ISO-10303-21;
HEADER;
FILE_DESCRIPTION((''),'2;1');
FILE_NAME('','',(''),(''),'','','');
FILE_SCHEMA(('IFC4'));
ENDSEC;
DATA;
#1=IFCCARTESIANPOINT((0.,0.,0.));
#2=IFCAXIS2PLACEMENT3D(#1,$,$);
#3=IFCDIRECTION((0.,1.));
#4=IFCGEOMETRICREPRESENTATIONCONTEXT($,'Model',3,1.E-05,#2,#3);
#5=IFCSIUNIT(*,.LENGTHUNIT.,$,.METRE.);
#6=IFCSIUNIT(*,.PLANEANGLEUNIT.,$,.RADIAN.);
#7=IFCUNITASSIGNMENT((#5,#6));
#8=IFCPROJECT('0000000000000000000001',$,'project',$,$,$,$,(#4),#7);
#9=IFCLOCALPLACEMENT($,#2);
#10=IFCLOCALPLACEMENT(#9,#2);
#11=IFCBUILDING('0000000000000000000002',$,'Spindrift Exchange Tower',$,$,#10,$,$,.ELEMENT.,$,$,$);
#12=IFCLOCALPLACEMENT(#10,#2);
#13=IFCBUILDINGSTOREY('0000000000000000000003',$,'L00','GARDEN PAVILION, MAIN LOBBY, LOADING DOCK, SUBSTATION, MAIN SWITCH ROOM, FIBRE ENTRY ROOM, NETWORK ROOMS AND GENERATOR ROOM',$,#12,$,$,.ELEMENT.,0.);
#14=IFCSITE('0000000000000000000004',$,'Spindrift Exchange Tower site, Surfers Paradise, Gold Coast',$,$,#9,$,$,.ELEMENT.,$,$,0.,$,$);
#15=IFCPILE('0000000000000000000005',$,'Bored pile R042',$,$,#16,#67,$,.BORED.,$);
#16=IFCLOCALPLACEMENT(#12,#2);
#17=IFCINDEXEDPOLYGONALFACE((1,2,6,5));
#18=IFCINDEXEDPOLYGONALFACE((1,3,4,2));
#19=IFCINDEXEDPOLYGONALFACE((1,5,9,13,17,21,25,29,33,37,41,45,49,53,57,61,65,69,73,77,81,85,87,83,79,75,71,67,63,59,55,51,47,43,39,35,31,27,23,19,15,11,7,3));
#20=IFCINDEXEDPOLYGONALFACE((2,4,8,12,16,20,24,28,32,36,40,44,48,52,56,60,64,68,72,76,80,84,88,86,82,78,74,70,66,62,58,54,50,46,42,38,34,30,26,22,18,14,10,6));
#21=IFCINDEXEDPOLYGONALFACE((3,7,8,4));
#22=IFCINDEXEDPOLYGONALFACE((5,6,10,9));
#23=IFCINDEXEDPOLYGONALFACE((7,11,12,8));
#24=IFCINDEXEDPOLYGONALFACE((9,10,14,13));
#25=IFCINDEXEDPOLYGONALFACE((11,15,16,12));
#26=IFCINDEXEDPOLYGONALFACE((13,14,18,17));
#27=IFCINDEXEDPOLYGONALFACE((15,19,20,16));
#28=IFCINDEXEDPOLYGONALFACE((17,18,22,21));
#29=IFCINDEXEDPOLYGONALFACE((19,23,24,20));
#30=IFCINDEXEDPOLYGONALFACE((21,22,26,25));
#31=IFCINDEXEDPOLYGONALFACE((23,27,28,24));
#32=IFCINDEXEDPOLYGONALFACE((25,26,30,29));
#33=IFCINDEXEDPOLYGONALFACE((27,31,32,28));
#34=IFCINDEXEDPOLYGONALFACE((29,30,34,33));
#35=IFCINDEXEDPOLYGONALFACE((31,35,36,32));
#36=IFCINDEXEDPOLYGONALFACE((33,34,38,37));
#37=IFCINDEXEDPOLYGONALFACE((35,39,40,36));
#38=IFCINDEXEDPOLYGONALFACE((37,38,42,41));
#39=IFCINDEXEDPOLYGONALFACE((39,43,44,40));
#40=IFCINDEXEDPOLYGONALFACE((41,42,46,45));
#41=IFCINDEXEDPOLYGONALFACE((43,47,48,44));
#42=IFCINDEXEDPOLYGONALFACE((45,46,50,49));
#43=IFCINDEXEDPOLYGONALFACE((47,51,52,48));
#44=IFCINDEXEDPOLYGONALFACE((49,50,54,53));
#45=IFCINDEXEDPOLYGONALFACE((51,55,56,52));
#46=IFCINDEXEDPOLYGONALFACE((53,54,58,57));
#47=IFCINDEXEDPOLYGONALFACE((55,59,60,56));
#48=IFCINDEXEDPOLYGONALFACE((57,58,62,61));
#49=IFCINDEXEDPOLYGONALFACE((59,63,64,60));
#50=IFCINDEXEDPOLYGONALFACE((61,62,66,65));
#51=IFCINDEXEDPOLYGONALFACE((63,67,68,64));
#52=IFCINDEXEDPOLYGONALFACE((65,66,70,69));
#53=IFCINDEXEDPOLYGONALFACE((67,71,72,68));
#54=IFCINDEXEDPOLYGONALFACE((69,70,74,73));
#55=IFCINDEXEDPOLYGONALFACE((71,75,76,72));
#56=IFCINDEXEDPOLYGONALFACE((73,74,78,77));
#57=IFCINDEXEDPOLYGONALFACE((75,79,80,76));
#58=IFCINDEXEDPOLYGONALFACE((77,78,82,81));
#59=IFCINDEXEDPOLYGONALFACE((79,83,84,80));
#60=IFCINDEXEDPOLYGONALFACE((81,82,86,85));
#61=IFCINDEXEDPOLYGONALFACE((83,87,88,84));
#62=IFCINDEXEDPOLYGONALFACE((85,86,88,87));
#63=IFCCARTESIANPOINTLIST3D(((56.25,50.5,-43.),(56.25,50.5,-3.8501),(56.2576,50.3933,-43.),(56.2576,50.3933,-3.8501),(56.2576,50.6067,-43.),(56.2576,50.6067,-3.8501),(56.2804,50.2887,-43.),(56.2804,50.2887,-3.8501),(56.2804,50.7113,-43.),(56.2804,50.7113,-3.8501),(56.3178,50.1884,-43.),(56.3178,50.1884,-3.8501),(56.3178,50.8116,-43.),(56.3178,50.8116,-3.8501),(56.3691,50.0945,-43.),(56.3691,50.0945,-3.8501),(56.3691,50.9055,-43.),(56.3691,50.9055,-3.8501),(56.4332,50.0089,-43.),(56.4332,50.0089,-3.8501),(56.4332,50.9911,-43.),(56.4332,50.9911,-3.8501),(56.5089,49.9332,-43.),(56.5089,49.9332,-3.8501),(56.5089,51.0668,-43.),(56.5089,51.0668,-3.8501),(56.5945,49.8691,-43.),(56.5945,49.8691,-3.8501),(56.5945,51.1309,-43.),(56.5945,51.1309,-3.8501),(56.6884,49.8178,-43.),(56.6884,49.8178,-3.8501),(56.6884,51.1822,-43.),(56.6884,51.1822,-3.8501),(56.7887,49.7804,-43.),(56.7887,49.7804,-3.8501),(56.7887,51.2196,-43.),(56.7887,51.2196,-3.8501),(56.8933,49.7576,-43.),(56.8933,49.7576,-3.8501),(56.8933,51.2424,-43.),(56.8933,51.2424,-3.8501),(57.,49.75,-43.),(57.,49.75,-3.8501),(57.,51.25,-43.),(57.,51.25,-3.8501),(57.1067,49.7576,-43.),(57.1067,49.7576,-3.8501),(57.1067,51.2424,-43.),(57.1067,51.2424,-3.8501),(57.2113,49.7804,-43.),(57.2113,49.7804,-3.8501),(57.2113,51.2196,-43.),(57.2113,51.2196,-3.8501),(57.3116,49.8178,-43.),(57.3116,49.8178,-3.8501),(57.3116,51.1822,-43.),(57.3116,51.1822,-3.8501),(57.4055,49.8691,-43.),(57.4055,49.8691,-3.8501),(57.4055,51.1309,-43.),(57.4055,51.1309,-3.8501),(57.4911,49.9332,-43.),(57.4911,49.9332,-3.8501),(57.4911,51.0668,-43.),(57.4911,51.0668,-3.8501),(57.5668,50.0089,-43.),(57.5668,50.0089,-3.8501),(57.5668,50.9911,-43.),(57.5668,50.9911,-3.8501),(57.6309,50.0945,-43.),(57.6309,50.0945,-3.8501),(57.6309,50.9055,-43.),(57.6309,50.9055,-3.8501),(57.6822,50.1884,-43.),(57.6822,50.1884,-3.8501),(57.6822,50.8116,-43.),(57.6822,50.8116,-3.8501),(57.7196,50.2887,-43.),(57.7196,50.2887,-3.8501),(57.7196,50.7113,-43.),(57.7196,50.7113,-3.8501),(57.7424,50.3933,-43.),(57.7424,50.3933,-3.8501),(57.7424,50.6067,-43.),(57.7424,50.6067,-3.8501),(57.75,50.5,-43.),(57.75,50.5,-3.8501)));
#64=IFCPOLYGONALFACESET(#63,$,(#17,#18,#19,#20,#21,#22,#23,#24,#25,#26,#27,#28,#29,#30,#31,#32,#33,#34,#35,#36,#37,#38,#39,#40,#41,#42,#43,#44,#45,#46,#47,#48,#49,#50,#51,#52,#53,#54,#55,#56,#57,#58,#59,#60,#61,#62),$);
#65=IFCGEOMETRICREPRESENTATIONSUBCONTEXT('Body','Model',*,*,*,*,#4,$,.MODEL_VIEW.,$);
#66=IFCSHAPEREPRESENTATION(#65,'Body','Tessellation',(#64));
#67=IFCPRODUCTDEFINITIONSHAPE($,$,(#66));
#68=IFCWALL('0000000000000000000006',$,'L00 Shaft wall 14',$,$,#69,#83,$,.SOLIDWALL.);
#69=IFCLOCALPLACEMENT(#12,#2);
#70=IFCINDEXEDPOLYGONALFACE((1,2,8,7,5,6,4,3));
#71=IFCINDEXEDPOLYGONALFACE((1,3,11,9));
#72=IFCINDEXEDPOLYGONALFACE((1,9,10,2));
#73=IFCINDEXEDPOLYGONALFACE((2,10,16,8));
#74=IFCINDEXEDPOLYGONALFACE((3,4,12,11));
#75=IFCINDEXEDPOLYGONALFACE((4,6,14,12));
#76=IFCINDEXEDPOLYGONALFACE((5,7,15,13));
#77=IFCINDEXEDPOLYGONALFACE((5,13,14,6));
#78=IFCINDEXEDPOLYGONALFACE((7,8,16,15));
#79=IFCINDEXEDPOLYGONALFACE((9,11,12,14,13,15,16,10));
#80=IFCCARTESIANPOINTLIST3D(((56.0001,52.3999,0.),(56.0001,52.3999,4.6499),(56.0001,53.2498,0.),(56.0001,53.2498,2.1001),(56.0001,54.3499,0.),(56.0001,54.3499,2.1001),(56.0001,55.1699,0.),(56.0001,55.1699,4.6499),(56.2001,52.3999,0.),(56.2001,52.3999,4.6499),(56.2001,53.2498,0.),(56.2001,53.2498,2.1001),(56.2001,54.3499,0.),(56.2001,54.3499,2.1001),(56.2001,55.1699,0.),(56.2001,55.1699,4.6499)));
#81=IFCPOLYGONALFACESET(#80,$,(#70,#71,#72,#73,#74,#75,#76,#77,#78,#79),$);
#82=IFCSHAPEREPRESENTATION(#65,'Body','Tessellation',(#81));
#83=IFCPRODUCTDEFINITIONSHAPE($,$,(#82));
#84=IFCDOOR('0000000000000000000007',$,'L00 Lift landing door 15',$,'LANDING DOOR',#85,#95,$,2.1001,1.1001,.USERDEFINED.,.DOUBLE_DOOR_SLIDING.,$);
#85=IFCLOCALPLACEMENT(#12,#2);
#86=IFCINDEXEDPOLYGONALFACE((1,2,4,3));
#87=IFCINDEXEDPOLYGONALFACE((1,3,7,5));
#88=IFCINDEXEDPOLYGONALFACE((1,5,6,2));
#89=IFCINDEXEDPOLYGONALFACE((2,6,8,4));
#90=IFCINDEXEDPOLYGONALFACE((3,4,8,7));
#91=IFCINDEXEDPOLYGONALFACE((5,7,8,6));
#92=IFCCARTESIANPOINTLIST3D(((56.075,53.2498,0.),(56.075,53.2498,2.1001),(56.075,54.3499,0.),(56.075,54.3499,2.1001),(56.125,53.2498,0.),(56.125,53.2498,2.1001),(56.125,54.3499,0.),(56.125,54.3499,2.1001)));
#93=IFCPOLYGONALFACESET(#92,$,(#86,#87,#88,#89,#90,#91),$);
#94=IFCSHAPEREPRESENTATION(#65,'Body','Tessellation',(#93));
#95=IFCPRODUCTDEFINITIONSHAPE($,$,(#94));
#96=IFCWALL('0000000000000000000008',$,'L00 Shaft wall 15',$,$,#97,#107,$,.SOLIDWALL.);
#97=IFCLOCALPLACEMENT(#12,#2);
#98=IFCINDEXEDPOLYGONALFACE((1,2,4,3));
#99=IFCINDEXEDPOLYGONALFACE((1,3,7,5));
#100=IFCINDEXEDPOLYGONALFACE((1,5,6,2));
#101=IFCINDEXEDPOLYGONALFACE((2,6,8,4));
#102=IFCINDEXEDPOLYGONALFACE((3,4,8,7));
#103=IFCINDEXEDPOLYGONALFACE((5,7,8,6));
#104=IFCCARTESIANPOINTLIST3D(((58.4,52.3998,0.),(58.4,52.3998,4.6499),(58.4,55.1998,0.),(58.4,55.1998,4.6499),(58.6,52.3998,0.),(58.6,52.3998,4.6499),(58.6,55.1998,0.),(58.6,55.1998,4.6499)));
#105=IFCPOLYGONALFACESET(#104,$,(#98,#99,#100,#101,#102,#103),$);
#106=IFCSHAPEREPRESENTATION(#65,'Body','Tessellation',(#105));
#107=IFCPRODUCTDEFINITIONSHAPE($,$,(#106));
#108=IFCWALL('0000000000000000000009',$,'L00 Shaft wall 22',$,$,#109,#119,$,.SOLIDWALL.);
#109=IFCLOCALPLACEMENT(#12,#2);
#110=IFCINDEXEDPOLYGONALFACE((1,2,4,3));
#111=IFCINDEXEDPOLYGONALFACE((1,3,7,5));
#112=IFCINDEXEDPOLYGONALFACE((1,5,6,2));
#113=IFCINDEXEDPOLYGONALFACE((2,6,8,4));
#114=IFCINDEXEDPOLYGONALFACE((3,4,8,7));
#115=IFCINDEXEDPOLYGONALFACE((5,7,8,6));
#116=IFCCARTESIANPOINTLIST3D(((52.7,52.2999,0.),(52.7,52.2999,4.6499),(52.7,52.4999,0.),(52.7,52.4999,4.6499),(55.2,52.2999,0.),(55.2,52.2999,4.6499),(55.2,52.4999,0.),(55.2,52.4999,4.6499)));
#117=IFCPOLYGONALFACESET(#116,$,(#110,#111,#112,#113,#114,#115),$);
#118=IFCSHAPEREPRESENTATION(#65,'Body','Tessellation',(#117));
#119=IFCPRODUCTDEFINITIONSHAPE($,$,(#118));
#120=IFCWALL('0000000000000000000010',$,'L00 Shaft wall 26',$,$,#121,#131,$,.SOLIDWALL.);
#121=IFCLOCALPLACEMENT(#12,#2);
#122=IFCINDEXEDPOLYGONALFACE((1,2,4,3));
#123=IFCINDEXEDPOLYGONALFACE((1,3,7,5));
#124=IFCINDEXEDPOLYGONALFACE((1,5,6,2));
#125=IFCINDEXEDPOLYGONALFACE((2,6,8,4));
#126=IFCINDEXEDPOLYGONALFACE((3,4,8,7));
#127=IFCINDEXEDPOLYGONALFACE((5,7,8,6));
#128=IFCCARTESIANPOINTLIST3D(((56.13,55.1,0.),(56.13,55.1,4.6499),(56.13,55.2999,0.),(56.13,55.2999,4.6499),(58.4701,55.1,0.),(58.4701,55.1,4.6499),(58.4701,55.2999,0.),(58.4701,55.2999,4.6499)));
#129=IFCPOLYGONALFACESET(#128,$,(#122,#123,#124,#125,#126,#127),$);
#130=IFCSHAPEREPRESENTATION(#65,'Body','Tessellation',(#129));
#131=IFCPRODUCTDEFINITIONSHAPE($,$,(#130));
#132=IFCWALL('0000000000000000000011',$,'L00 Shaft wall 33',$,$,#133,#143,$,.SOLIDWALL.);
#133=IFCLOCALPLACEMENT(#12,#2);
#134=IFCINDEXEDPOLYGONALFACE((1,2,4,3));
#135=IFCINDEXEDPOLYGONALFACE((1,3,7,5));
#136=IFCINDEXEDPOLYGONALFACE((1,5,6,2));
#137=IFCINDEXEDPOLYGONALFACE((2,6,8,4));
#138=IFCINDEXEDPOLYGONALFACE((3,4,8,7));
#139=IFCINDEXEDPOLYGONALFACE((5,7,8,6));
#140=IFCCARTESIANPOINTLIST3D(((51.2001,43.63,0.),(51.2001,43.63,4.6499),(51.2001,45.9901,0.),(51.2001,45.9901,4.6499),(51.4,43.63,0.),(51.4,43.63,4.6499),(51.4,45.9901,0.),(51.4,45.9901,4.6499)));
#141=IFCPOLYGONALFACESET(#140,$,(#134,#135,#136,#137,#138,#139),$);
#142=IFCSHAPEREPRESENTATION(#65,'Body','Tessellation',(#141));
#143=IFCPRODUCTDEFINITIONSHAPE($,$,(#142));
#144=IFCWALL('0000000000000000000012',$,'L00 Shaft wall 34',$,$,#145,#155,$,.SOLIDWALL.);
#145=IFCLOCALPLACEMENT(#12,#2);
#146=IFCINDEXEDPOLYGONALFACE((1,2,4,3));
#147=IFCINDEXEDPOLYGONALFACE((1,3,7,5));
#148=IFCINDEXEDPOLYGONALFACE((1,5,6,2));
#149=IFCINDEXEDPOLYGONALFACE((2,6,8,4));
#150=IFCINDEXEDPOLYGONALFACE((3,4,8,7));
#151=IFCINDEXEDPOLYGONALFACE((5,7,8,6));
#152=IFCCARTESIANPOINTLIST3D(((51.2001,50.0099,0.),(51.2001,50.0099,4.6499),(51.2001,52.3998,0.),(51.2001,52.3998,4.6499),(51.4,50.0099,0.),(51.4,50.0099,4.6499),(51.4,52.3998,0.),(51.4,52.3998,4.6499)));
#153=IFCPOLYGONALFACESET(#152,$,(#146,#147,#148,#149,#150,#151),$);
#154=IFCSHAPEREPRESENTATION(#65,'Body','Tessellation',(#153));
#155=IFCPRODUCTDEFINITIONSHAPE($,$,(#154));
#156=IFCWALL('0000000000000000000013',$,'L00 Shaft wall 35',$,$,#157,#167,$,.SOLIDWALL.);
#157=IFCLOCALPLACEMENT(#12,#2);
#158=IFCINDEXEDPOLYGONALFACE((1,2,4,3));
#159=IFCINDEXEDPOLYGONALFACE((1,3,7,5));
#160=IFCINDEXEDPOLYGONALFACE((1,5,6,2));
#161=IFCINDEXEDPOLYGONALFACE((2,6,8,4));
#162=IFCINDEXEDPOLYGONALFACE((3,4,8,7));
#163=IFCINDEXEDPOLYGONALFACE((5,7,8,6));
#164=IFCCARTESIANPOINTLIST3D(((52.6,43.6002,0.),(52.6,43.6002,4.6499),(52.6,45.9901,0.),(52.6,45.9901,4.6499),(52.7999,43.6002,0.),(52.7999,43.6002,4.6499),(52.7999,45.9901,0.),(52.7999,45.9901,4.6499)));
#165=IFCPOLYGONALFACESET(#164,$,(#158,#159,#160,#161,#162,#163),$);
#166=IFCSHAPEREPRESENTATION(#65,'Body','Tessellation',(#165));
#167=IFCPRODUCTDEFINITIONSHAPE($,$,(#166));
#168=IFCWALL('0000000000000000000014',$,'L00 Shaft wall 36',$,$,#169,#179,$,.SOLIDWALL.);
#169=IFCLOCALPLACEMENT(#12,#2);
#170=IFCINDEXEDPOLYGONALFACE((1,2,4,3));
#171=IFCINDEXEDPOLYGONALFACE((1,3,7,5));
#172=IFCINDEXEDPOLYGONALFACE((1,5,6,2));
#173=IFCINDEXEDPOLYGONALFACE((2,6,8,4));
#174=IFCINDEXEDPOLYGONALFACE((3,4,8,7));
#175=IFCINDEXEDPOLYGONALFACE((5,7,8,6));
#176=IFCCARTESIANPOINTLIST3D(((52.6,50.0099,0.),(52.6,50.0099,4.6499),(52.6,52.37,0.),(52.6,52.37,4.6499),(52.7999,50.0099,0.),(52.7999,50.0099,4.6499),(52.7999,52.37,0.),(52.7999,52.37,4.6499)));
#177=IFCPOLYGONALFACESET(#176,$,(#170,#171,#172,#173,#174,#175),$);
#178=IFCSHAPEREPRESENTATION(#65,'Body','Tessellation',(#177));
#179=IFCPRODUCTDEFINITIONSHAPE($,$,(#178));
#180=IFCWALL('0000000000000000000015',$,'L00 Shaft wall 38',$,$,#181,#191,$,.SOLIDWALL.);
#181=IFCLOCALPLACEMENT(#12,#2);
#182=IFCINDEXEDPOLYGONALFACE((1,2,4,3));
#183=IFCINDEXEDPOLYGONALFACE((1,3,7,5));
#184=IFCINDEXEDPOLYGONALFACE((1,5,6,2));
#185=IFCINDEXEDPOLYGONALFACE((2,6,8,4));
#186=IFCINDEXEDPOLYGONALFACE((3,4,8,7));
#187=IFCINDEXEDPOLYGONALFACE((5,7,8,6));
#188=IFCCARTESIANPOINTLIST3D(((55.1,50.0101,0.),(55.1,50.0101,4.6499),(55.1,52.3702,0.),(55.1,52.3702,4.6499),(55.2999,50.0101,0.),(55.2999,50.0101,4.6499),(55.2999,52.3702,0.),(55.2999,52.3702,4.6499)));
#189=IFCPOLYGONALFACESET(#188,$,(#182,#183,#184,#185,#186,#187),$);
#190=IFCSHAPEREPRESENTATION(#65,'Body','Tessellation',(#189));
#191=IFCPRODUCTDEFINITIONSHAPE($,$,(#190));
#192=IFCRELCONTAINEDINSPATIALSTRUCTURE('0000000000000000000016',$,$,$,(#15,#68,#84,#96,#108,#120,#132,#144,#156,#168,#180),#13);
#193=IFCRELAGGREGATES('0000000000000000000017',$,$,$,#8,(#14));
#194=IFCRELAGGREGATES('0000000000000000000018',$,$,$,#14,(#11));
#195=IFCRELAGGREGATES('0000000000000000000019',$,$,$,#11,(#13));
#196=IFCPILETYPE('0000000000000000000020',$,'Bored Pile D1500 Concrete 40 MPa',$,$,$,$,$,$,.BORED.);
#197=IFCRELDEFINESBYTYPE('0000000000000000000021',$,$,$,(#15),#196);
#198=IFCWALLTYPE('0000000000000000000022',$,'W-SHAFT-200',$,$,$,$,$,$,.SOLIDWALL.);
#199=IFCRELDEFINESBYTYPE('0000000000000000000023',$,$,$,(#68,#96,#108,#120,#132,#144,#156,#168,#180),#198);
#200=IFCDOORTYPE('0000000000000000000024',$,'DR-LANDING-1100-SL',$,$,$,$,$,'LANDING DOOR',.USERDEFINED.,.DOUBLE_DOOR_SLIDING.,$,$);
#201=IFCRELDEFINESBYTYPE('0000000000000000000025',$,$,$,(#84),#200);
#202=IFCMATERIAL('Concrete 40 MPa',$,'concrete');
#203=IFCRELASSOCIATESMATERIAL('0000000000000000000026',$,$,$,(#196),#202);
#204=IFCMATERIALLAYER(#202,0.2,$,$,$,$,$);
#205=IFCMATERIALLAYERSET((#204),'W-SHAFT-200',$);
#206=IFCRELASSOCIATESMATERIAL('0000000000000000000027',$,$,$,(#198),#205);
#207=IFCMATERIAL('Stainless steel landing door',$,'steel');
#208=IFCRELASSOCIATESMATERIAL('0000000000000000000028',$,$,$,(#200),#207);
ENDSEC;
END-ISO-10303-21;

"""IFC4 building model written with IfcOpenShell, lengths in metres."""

from ifc_helpers import new_model, si_unit, direction, frame, frame_2d, origin, origin_2d, place, context, subcontext, project, spatial, rectangle, circle, extrude, source, transform, mapped, material, layer, layer_set, material_profile, profile_set, type_object, element, fill, save


model = new_model("IFC4")

# Units and contexts
model_context = context("Model", 3, precision=1e-05, world=origin(), true_north=direction((0.0, 1.0)))
body_context = subcontext(model_context, "Body", "Model", "MODEL_VIEW")
ifc_project = project(units=[si_unit("LENGTHUNIT", "METRE"), si_unit("PLANEANGLEUNIT", "RADIAN")], contexts=[model_context])

# Site, building, storey
site_placement = place(None, origin())
site = spatial("IfcSite", under=ifc_project, at=site_placement, Name="Spindrift Exchange Tower site, Surfers Paradise, Gold Coast", CompositionType="ELEMENT", RefElevation=0.0)
building_placement = place(site_placement, origin())
building = spatial("IfcBuilding", under=site, at=building_placement, Name="Spindrift Exchange Tower", CompositionType="ELEMENT")
storey_placement = place(building_placement, origin())
storey = spatial("IfcBuildingStorey", under=building, at=storey_placement, Name="L00", Description="GARDEN PAVILION, MAIN LOBBY, LOADING DOCK, SUBSTATION, MAIN SWITCH ROOM, FIBRE ENTRY ROOM, NETWORK ROOMS AND GENERATOR ROOM", CompositionType="ELEMENT", Elevation=0.0)

# Pile
ifc_material_1 = material(Name="Concrete 40 MPa", Category="concrete")
ifc_material_profile = material_profile(ifc_material_1, circle(Radius=0.75, at=origin_2d()), Name="BP D1500")
ifc_profile_set = profile_set([ifc_material_profile], Name="Concrete 40 MPa")
pile_type = type_object("IfcPileType", Name="Bored Pile D1500 Concrete 40 MPa", PredefinedType="BORED", material=ifc_profile_set)
shared_shape_1 = source(origin(), body_context, "Body", "SweptSolid", [
    extrude(circle(Radius=0.75, at=origin_2d()), origin(), (0.0, 0.0, 1.0), 39.1499),
])
for number, where, z_axis, x_axis, name in (
    (1, (57.0, 50.5, -3.8501), (0.0, 0.0, -1.0), (1.0, 0.0, 0.0), "Bored pile R042"),
):
    element("IfcPile", number, at=place(storey_placement, frame(where, z_axis=z_axis, x_axis=x_axis)), inside=storey, type_object=pile_type, Name=name, PredefinedType="BORED", context=body_context, shape_type="MappedRepresentation", body=[
        mapped(shared_shape_1, transform((0.0, 0.0, 0.0), scale=1.0)),
    ])

# Wall, opening, door
ifc_layer_1 = layer(ifc_material_1, 0.2)
ifc_layer_set_1 = layer_set([ifc_layer_1], Name="W-SHAFT-200")
wall_type_1 = type_object("IfcWallType", Name="W-SHAFT-200", PredefinedType="SOLIDWALL", material=ifc_layer_set_1)
wall_1_placement = place(storey_placement, frame((56.1001, 55.1699, 0.0), z_axis=(0.0, 0.0, 1.0), x_axis=(0.0, -1.0, 0.0)))
wall_1 = element("IfcWall", 2, at=wall_1_placement, inside=storey, type_object=wall_type_1, Name="L00 Shaft wall 14", PredefinedType="SOLIDWALL", context=body_context, shape_type="SweptSolid", body=[
    extrude(rectangle(XDim=2.77, YDim=0.2, at=frame_2d((1.385, 0.0))), origin(), (0.0, 0.0, 1.0), 4.6499),
])
opening_1_placement = place(wall_1_placement, frame((0.8201, 0.0, 0.0)))
opening_1 = element("IfcOpeningElement", 3, at=opening_1_placement, cuts=wall_1, PredefinedType="OPENING", context=body_context, shape_type="SweptSolid", body=[
    extrude(rectangle(XDim=1.1001, YDim=2.1001, at=frame_2d((0.55, 1.05))), frame((0.0, 0.1099, 0.0), z_axis=(0.0, -1.0, 0.0), x_axis=(1.0, 0.0, 0.0)), (0.0, 0.0, 1.0), 0.22),
])
ifc_material_2 = material(Name="Stainless steel landing door", Category="steel")
door_type_1 = type_object("IfcDoorType", Name="DR-LANDING-1100-SL", ElementType="LANDING DOOR", OperationType="DOUBLE_DOOR_SLIDING", PredefinedType="USERDEFINED", material=ifc_material_2)
shared_shape_2 = source(origin(), body_context, "Body", "SweptSolid", [
    extrude(rectangle(XDim=1.1001, YDim=2.1001, at=frame_2d((0.55, 1.05))), frame((0.0, 0.0249, 0.0), z_axis=(0.0, -1.0, 0.0), x_axis=(1.0, 0.0, 0.0)), (0.0, 0.0, 1.0), 0.05),
])
door_1_placement = place(opening_1_placement, origin())
door_1 = element("IfcDoor", 4, at=door_1_placement, inside=storey, type_object=door_type_1, Name="L00 Lift landing door 15", ObjectType="LANDING DOOR", OperationType="DOUBLE_DOOR_SLIDING", OverallHeight=2.1001, OverallWidth=1.1001, PredefinedType="USERDEFINED", context=body_context, shape_type="MappedRepresentation", body=[
    mapped(shared_shape_2, transform((0.0, 0.0, 0.0), scale=1.0)),
])
fill(opening_1, door_1)

# Walls
wall_2_placement = place(storey_placement, frame((58.5, 52.3999, 0.0), z_axis=(0.0, 0.0, 1.0), x_axis=(0.0, 1.0, 0.0)))
element("IfcWall", 5, at=wall_2_placement, inside=storey, type_object=wall_type_1, Name="L00 Shaft wall 15", PredefinedType="SOLIDWALL", context=body_context, shape_type="SweptSolid", body=[
    extrude(rectangle(XDim=2.8, YDim=0.2, at=frame_2d((1.3999, 0.0))), origin(), (0.0, 0.0, 1.0), 4.6499),
])
wall_3_placement = place(storey_placement, frame((55.2, 52.3999, 0.0), z_axis=(0.0, 0.0, 1.0), x_axis=(-1.0, 0.0, 0.0)))
element("IfcWall", 6, at=wall_3_placement, inside=storey, type_object=wall_type_1, Name="L00 Shaft wall 22", PredefinedType="SOLIDWALL", context=body_context, shape_type="SweptSolid", body=[
    extrude(rectangle(XDim=2.5, YDim=0.2, at=frame_2d((1.25, 0.0))), origin(), (0.0, 0.0, 1.0), 4.6499),
])
wall_4_placement = place(storey_placement, frame((58.47, 55.2, 0.0), z_axis=(0.0, 0.0, 1.0), x_axis=(-1.0, 0.0, 0.0)))
element("IfcWall", 7, at=wall_4_placement, inside=storey, type_object=wall_type_1, Name="L00 Shaft wall 26", PredefinedType="SOLIDWALL", context=body_context, shape_type="SweptSolid", body=[
    extrude(rectangle(XDim=2.3401, YDim=0.2, at=frame_2d((1.1699, 0.0))), origin(), (0.0, 0.0, 1.0), 4.6499),
])
wall_5_placement = place(storey_placement, frame((51.3, 43.6299, 0.0), z_axis=(0.0, 0.0, 1.0), x_axis=(0.0, 1.0, 0.0)))
element("IfcWall", 8, at=wall_5_placement, inside=storey, type_object=wall_type_1, Name="L00 Shaft wall 33", PredefinedType="SOLIDWALL", context=body_context, shape_type="SweptSolid", body=[
    extrude(rectangle(XDim=2.3601, YDim=0.2, at=frame_2d((1.1802, 0.0))), origin(), (0.0, 0.0, 1.0), 4.6499),
])
for number, where, z_axis, x_axis, name in (
    (9, (51.3, 50.01, 0.0), (0.0, 0.0, 1.0), (0.0, 1.0, 0.0), "L00 Shaft wall 34"),
    (10, (52.7, 45.99, 0.0), (0.0, 0.0, 1.0), (0.0, -1.0, 0.0), "L00 Shaft wall 35"),
):
    element("IfcWall", number, at=place(storey_placement, frame(where, z_axis=z_axis, x_axis=x_axis)), inside=storey, type_object=wall_type_1, Name=name, PredefinedType="SOLIDWALL", context=body_context, shape_type="SweptSolid", body=[
        extrude(rectangle(XDim=2.3899, YDim=0.2, at=frame_2d((1.1948, 0.0))), origin(), (0.0, 0.0, 1.0), 4.6499),
    ])
for number, where, z_axis, x_axis, name in (
    (11, (52.7, 52.3701, 0.0), (0.0, 0.0, 1.0), (0.0, -1.0, 0.0), "L00 Shaft wall 36"),
    (12, (55.2, 50.01, 0.0), (0.0, 0.0, 1.0), (0.0, 1.0, 0.0), "L00 Shaft wall 38"),
):
    element("IfcWall", number, at=place(storey_placement, frame(where, z_axis=z_axis, x_axis=x_axis)), inside=storey, type_object=wall_type_1, Name=name, PredefinedType="SOLIDWALL", context=body_context, shape_type="SweptSolid", body=[
        extrude(rectangle(XDim=2.3601, YDim=0.2, at=frame_2d((1.1802, 0.0))), origin(), (0.0, 0.0, 1.0), 4.6499),
    ])

save(model, "model.ifc")
